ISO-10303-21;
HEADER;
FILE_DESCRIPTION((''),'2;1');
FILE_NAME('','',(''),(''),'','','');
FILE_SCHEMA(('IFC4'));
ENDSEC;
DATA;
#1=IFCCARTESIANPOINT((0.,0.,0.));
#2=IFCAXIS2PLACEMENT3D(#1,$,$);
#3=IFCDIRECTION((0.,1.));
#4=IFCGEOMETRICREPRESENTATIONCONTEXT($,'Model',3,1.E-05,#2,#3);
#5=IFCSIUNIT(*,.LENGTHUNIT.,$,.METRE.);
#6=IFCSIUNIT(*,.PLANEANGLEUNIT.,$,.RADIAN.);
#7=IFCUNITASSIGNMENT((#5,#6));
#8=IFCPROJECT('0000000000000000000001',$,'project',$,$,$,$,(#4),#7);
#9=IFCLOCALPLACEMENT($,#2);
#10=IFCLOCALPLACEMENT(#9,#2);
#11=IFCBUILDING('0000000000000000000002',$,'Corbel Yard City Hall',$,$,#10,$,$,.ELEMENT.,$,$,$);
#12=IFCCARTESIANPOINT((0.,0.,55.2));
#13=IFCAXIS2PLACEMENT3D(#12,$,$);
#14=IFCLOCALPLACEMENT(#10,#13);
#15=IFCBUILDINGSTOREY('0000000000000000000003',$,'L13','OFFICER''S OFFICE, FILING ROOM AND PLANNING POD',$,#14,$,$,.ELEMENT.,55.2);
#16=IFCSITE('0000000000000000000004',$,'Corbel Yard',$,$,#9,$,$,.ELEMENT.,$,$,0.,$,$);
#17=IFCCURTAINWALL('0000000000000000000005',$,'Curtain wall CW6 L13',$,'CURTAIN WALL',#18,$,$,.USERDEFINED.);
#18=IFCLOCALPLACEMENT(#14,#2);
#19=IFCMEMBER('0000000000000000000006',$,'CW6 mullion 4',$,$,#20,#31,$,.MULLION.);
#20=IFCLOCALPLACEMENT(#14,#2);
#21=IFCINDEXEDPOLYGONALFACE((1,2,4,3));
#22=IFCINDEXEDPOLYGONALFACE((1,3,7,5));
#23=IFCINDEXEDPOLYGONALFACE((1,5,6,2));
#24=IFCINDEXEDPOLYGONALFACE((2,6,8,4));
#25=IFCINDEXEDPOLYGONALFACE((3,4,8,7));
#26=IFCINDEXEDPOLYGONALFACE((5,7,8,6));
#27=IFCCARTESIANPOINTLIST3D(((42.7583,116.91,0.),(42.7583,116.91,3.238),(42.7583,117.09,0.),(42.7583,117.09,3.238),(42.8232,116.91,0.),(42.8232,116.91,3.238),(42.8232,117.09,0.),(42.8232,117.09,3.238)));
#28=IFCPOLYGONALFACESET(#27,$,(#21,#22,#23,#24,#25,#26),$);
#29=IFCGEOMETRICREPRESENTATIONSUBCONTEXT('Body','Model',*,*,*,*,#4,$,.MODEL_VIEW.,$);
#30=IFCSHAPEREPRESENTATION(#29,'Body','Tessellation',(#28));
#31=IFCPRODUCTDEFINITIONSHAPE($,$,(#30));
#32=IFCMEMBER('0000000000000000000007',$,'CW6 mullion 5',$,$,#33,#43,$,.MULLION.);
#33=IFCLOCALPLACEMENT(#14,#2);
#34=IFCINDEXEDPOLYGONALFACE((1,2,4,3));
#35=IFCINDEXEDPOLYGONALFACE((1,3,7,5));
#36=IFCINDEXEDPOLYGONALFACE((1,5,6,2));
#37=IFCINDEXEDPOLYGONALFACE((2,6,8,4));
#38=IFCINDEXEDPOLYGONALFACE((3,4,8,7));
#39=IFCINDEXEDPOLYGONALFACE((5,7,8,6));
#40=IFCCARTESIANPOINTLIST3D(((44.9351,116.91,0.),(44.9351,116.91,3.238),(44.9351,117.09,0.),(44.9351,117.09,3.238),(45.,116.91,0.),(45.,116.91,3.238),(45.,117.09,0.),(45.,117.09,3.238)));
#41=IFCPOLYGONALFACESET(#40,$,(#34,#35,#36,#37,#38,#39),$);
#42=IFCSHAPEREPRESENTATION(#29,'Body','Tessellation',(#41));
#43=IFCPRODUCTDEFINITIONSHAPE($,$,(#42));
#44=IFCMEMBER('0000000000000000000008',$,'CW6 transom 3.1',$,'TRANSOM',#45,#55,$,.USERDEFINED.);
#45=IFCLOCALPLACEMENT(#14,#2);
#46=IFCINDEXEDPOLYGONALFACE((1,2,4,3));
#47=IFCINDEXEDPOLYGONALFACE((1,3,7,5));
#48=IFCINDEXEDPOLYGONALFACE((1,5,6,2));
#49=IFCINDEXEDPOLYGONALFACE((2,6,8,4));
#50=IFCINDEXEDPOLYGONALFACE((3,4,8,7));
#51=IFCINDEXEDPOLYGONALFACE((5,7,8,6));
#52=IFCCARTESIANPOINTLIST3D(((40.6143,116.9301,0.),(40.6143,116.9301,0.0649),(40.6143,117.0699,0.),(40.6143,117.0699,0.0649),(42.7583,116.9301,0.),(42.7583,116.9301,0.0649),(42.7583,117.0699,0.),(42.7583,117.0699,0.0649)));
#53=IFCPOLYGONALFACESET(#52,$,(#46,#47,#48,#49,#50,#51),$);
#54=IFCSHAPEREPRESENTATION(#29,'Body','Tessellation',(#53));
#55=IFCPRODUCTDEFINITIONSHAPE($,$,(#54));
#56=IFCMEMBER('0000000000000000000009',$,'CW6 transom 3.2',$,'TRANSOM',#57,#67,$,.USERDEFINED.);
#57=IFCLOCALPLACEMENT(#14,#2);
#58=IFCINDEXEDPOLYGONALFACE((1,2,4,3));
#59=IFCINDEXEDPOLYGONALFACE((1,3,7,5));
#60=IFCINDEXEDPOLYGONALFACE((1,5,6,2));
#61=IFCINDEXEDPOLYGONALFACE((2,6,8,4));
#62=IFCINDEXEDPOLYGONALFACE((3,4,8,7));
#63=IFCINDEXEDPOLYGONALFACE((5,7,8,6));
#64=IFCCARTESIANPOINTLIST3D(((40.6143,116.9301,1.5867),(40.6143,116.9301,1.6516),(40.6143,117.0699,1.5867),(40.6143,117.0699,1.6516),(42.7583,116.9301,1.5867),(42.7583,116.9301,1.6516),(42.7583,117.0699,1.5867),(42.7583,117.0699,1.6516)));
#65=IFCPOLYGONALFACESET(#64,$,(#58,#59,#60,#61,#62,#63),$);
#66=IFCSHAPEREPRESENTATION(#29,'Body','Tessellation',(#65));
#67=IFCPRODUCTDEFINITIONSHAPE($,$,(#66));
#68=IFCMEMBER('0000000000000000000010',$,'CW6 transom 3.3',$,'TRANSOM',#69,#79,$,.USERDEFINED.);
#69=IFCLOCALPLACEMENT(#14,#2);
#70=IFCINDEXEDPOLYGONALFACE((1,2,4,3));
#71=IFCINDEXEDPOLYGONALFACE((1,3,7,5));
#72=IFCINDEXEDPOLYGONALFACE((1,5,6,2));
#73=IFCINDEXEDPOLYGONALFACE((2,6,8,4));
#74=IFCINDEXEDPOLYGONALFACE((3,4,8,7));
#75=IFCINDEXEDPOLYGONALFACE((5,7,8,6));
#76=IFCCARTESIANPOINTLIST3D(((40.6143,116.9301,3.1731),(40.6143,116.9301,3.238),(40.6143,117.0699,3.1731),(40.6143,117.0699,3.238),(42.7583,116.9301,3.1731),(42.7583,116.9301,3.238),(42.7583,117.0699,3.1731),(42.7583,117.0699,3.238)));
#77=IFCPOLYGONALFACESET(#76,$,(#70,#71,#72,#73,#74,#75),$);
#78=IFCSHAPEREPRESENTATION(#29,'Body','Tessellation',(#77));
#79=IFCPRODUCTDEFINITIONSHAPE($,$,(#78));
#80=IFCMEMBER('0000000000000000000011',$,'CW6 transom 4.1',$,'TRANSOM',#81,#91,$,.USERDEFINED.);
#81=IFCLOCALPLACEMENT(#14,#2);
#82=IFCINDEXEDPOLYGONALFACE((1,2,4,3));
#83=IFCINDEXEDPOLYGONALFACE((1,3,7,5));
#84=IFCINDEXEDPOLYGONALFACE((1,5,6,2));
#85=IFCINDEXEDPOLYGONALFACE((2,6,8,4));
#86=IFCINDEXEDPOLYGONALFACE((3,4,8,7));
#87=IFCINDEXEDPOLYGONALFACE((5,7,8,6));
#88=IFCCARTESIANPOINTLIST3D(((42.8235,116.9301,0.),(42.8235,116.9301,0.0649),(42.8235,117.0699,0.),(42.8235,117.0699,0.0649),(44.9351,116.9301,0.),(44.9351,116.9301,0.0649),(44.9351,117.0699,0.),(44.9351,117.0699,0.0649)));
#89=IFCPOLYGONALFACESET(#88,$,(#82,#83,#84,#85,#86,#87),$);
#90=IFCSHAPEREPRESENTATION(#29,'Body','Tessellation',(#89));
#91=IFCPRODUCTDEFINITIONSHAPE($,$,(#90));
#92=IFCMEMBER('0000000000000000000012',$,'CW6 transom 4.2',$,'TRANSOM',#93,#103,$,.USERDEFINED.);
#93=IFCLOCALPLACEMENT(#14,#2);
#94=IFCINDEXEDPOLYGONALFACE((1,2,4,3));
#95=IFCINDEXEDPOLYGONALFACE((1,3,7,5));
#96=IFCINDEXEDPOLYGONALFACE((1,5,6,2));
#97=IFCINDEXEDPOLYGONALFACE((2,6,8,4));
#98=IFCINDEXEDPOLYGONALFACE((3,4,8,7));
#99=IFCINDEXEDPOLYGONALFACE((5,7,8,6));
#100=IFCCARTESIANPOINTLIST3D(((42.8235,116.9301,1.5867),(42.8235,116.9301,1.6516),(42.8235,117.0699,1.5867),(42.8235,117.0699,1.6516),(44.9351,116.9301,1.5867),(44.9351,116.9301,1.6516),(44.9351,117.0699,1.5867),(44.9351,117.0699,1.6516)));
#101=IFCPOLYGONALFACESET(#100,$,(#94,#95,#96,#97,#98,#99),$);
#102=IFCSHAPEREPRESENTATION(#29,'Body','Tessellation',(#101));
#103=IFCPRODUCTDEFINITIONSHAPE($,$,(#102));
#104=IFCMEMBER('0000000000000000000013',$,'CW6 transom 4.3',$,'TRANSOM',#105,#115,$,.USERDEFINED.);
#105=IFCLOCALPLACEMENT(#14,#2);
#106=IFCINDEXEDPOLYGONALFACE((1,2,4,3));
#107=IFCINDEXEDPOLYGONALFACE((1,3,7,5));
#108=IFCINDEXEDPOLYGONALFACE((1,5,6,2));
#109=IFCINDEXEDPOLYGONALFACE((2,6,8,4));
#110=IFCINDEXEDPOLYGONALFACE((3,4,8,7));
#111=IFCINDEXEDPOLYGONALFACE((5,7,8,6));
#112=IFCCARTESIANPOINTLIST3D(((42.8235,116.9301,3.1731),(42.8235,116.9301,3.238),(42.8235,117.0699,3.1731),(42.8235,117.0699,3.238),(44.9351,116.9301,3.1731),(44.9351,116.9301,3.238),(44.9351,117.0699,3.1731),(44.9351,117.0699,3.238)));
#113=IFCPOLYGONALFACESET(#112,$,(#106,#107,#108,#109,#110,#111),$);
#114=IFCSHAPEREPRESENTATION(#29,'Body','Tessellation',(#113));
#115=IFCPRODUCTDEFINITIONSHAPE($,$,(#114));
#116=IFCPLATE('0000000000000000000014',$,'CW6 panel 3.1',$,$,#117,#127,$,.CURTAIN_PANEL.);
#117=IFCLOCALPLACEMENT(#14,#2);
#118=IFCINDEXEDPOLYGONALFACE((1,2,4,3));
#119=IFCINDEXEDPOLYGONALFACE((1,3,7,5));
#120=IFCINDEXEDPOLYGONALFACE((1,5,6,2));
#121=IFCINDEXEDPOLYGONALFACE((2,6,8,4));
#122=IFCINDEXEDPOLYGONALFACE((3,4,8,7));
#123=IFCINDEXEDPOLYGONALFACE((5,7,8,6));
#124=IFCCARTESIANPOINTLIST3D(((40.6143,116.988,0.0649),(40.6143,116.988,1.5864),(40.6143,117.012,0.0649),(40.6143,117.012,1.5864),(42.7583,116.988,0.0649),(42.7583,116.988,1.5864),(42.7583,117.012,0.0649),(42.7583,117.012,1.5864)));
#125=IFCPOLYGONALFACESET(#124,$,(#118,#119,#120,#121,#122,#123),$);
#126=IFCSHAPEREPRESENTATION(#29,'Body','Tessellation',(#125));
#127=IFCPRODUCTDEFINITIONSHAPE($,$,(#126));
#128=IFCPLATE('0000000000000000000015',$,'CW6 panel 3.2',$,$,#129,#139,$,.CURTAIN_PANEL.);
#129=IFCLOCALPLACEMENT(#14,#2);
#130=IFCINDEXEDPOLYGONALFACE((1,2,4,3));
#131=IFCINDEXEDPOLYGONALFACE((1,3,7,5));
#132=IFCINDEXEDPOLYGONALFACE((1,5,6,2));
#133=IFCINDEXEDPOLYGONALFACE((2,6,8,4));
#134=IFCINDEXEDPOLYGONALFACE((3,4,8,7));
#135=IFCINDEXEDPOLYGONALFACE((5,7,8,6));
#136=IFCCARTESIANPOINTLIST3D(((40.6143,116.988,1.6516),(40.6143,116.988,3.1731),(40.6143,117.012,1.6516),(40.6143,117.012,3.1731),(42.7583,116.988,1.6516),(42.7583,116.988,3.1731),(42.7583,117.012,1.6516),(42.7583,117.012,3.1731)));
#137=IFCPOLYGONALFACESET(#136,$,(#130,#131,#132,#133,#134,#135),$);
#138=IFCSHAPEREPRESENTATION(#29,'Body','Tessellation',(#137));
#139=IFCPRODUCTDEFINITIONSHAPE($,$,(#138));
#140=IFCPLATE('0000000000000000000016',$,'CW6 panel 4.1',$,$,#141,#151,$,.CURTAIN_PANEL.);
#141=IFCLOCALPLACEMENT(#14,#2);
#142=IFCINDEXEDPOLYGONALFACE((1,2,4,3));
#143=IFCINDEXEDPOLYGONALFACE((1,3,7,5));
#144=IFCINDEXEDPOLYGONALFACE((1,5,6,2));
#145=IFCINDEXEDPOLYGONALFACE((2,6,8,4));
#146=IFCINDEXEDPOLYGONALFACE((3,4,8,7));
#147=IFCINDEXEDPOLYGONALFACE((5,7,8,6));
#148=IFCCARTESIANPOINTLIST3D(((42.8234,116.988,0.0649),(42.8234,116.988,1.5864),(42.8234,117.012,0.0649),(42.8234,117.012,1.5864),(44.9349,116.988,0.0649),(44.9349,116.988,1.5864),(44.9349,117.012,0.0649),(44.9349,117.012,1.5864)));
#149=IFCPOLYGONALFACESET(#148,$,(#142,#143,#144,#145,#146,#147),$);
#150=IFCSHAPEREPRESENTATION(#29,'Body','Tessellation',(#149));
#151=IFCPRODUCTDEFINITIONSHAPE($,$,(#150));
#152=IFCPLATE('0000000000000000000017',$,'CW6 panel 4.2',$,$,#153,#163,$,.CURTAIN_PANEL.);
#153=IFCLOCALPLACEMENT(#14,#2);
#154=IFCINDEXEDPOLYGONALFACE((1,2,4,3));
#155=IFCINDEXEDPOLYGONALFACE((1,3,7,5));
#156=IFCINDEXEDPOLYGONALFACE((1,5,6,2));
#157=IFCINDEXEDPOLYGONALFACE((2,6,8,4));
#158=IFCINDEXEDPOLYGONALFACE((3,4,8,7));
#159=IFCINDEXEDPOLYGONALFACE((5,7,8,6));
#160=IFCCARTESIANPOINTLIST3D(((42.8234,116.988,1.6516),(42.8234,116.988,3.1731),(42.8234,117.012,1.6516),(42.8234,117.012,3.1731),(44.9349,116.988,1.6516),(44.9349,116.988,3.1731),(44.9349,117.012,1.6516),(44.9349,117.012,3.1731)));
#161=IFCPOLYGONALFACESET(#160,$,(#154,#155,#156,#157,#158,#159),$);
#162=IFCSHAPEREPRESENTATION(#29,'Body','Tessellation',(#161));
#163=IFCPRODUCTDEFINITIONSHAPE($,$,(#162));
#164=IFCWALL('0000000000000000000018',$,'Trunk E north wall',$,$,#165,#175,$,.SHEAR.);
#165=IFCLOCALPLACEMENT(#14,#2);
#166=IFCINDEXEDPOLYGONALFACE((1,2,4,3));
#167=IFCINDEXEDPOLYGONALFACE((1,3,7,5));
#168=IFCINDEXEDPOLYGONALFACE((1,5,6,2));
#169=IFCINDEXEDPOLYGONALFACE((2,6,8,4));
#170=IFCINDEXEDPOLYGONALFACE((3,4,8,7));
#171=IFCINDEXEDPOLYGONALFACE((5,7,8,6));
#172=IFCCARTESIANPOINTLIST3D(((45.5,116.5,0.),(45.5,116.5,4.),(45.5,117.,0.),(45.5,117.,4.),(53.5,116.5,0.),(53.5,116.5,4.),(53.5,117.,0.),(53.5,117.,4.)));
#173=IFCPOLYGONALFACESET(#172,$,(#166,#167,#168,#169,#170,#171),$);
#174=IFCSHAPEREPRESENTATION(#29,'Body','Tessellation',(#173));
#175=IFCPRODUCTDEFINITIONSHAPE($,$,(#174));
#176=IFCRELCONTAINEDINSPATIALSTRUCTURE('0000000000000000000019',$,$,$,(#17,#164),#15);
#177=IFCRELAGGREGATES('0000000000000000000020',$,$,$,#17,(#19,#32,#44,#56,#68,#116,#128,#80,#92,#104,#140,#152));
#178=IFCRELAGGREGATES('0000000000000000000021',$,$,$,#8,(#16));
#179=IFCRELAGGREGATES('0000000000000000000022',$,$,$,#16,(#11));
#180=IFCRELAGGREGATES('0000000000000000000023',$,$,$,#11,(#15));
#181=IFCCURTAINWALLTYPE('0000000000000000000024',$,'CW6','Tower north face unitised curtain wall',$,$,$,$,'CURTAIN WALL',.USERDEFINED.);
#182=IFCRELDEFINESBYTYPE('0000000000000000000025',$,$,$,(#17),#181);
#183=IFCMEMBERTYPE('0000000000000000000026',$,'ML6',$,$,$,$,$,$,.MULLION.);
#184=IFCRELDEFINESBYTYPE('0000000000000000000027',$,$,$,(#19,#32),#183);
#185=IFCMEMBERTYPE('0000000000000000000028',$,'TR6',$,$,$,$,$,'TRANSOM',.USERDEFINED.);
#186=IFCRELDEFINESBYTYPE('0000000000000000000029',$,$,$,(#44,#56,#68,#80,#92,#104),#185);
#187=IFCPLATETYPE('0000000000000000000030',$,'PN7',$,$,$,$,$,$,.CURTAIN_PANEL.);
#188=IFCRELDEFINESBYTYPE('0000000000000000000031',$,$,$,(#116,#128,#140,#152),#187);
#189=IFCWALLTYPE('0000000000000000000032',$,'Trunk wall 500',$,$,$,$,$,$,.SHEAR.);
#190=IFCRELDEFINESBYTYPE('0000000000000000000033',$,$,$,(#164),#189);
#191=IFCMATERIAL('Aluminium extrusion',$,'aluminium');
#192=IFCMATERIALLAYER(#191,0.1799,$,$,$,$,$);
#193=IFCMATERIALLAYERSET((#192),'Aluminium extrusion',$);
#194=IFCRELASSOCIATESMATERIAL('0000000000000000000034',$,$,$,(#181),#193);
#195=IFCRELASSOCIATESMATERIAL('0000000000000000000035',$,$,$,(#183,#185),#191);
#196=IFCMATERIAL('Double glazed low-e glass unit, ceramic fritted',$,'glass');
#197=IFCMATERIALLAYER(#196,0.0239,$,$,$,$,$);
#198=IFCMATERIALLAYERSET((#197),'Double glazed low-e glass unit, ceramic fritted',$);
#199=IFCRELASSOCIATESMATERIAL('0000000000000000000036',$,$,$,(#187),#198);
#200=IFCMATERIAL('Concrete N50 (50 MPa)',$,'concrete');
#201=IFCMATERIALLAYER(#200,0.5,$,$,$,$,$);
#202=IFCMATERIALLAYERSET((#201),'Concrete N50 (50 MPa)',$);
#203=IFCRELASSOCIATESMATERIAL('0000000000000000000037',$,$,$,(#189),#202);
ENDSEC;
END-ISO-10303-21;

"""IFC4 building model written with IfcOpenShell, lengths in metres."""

from ifc_helpers import new_model, si_unit, direction, frame, frame_2d, origin, origin_2d, place, context, subcontext, project, spatial, rectangle, extrude, material, layer, layer_set, material_profile, profile_set, type_object, element, aggregate, save


model = new_model("IFC4")

# Units and contexts
model_context = context("Model", 3, precision=1e-05, world=origin(), true_north=direction((0.0, 1.0)))
body_context = subcontext(model_context, "Body", "Model", "MODEL_VIEW")
ifc_project = project(units=[si_unit("LENGTHUNIT", "METRE"), si_unit("PLANEANGLEUNIT", "RADIAN")], contexts=[model_context])

# Site, building, storey
site_placement = place(None, origin())
site = spatial("IfcSite", under=ifc_project, at=site_placement, Name="Corbel Yard", CompositionType="ELEMENT", RefElevation=0.0)
building_placement = place(site_placement, origin())
building = spatial("IfcBuilding", under=site, at=building_placement, Name="Corbel Yard City Hall", CompositionType="ELEMENT")
storey_placement = place(building_placement, frame((0.0, 0.0, 55.2)))
storey = spatial("IfcBuildingStorey", under=building, at=storey_placement, Name="L13", Description="OFFICER'S OFFICE, FILING ROOM AND PLANNING POD", CompositionType="ELEMENT", Elevation=55.2)

# Curtain wall, members, plates
ifc_material_1 = material(Name="Aluminium extrusion", Category="aluminium")
ifc_layer_1 = layer(ifc_material_1, 0.1799)
ifc_layer_set_1 = layer_set([ifc_layer_1], Name="Aluminium extrusion")
curtain_wall_type = type_object("IfcCurtainWallType", Name="CW6", Description="Tower north face unitised curtain wall", ElementType="CURTAIN WALL", PredefinedType="USERDEFINED", material=ifc_layer_set_1)
curtain_wall_placement = place(storey_placement, origin())
curtain_wall = element("IfcCurtainWall", 1, at=curtain_wall_placement, inside=storey, type_object=curtain_wall_type, Name="Curtain wall CW6 L13", ObjectType="CURTAIN WALL", PredefinedType="USERDEFINED")
ifc_material_profile_1 = material_profile(ifc_material_1, rectangle(XDim=0.1799, YDim=0.0649, at=origin_2d()), Name="180x65")
ifc_profile_set_1 = profile_set([ifc_material_profile_1], Name="Aluminium extrusion")
member_type_1 = type_object("IfcMemberType", Name="ML6", PredefinedType="MULLION", material=ifc_profile_set_1)
member_1_placement = place(storey_placement, frame((42.7908, 117.0, 0.0), z_axis=(0.0, 0.0, 1.0), x_axis=(0.0, 1.0, 0.0)))
member_1 = element("IfcMember", 2, at=member_1_placement, type_object=member_type_1, Name="CW6 mullion 4", PredefinedType="MULLION", context=body_context, shape_type="SweptSolid", body=[
    extrude(rectangle(XDim=0.1799, YDim=0.0649, at=origin_2d()), origin(), (0.0, 0.0, 1.0), 3.238),
])
member_2_placement = place(storey_placement, frame((44.9675, 117.0, 0.0), z_axis=(0.0, 0.0, 1.0), x_axis=(0.0, 1.0, 0.0)))
member_2 = element("IfcMember", 3, at=member_2_placement, type_object=member_type_1, Name="CW6 mullion 5", PredefinedType="MULLION", context=body_context, shape_type="SweptSolid", body=[
    extrude(rectangle(XDim=0.1799, YDim=0.0649, at=origin_2d()), origin(), (0.0, 0.0, 1.0), 3.238),
])
ifc_material_profile_2 = material_profile(ifc_material_1, rectangle(XDim=0.1399, YDim=0.0649, at=origin_2d()), Name="140x65")
ifc_profile_set_2 = profile_set([ifc_material_profile_2], Name="Aluminium extrusion")
member_type_2 = type_object("IfcMemberType", Name="TR6", ElementType="TRANSOM", PredefinedType="USERDEFINED", material=ifc_profile_set_2)
member_3_placement = place(storey_placement, frame((40.6143, 117.0, 0.0325), z_axis=(1.0, 0.0, 0.0), x_axis=(0.0, 1.0, 0.0)))
member_3 = element("IfcMember", 4, at=member_3_placement, type_object=member_type_2, Name="CW6 transom 3.1", ObjectType="TRANSOM", PredefinedType="USERDEFINED", context=body_context, shape_type="SweptSolid", body=[
    extrude(rectangle(XDim=0.1399, YDim=0.0649, at=origin_2d()), origin(), (0.0, 0.0, 1.0), 2.144),
])
member_4_placement = place(storey_placement, frame((40.6143, 117.0, 1.6191), z_axis=(1.0, 0.0, 0.0), x_axis=(0.0, 1.0, 0.0)))
member_4 = element("IfcMember", 5, at=member_4_placement, type_object=member_type_2, Name="CW6 transom 3.2", ObjectType="TRANSOM", PredefinedType="USERDEFINED", context=body_context, shape_type="SweptSolid", body=[
    extrude(rectangle(XDim=0.1399, YDim=0.0649, at=origin_2d()), origin(), (0.0, 0.0, 1.0), 2.144),
])
member_5_placement = place(storey_placement, frame((40.6143, 117.0, 3.2056), z_axis=(1.0, 0.0, 0.0), x_axis=(0.0, 1.0, 0.0)))
member_5 = element("IfcMember", 6, at=member_5_placement, type_object=member_type_2, Name="CW6 transom 3.3", ObjectType="TRANSOM", PredefinedType="USERDEFINED", context=body_context, shape_type="SweptSolid", body=[
    extrude(rectangle(XDim=0.1399, YDim=0.0649, at=origin_2d()), origin(), (0.0, 0.0, 1.0), 2.144),
])
member_6_placement = place(storey_placement, frame((42.8235, 117.0, 0.0325), z_axis=(1.0, 0.0, 0.0), x_axis=(0.0, 1.0, 0.0)))
member_6 = element("IfcMember", 7, at=member_6_placement, type_object=member_type_2, Name="CW6 transom 4.1", ObjectType="TRANSOM", PredefinedType="USERDEFINED", context=body_context, shape_type="SweptSolid", body=[
    extrude(rectangle(XDim=0.1399, YDim=0.0649, at=origin_2d()), origin(), (0.0, 0.0, 1.0), 2.1116),
])
member_7_placement = place(storey_placement, frame((42.8235, 117.0, 1.6191), z_axis=(1.0, 0.0, 0.0), x_axis=(0.0, 1.0, 0.0)))
member_7 = element("IfcMember", 8, at=member_7_placement, type_object=member_type_2, Name="CW6 transom 4.2", ObjectType="TRANSOM", PredefinedType="USERDEFINED", context=body_context, shape_type="SweptSolid", body=[
    extrude(rectangle(XDim=0.1399, YDim=0.0649, at=origin_2d()), origin(), (0.0, 0.0, 1.0), 2.1116),
])
member_8_placement = place(storey_placement, frame((42.8235, 117.0, 3.2056), z_axis=(1.0, 0.0, 0.0), x_axis=(0.0, 1.0, 0.0)))
member_8 = element("IfcMember", 9, at=member_8_placement, type_object=member_type_2, Name="CW6 transom 4.3", ObjectType="TRANSOM", PredefinedType="USERDEFINED", context=body_context, shape_type="SweptSolid", body=[
    extrude(rectangle(XDim=0.1399, YDim=0.0649, at=origin_2d()), origin(), (0.0, 0.0, 1.0), 2.1116),
])
ifc_material_2 = material(Name="Double glazed low-e glass unit, ceramic fritted", Category="glass")
ifc_layer_2 = layer(ifc_material_2, 0.0239)
ifc_layer_set_2 = layer_set([ifc_layer_2], Name="Double glazed low-e glass unit, ceramic fritted")
plate_type = type_object("IfcPlateType", Name="PN7", PredefinedType="CURTAIN_PANEL", material=ifc_layer_set_2)
plate_1_placement = place(storey_placement, frame((41.6863, 117.0, 0.0649), z_axis=(0.0, 0.0, 1.0), x_axis=(1.0, 0.0, 0.0)))
plate_1 = element("IfcPlate", 10, at=plate_1_placement, type_object=plate_type, Name="CW6 panel 3.1", PredefinedType="CURTAIN_PANEL", context=body_context, shape_type="SweptSolid", body=[
    extrude(rectangle(XDim=2.144, YDim=0.0239, at=origin_2d()), origin(), (0.0, 0.0, 1.0), 1.5215),
])
plate_2_placement = place(storey_placement, frame((41.6863, 117.0, 1.6516), z_axis=(0.0, 0.0, 1.0), x_axis=(1.0, 0.0, 0.0)))
plate_2 = element("IfcPlate", 11, at=plate_2_placement, type_object=plate_type, Name="CW6 panel 3.2", PredefinedType="CURTAIN_PANEL", context=body_context, shape_type="SweptSolid", body=[
    extrude(rectangle(XDim=2.144, YDim=0.0239, at=origin_2d()), origin(), (0.0, 0.0, 1.0), 1.5215),
])
plate_3_placement = place(storey_placement, frame((43.8792, 117.0, 0.0649), z_axis=(0.0, 0.0, 1.0), x_axis=(1.0, 0.0, 0.0)))
plate_3 = element("IfcPlate", 12, at=plate_3_placement, type_object=plate_type, Name="CW6 panel 4.1", PredefinedType="CURTAIN_PANEL", context=body_context, shape_type="SweptSolid", body=[
    extrude(rectangle(XDim=2.1116, YDim=0.0239, at=origin_2d()), origin(), (0.0, 0.0, 1.0), 1.5215),
])
plate_4_placement = place(storey_placement, frame((43.8792, 117.0, 1.6516), z_axis=(0.0, 0.0, 1.0), x_axis=(1.0, 0.0, 0.0)))
plate_4 = element("IfcPlate", 13, at=plate_4_placement, type_object=plate_type, Name="CW6 panel 4.2", PredefinedType="CURTAIN_PANEL", context=body_context, shape_type="SweptSolid", body=[
    extrude(rectangle(XDim=2.1116, YDim=0.0239, at=origin_2d()), origin(), (0.0, 0.0, 1.0), 1.5215),
])
aggregate(curtain_wall, [member_1, member_2, member_3, member_4, member_5, plate_1, plate_2, member_6, member_7, member_8, plate_3, plate_4])

# Wall
ifc_material_3 = material(Name="Concrete N50 (50 MPa)", Category="concrete")
ifc_layer_3 = layer(ifc_material_3, 0.5)
ifc_layer_set_3 = layer_set([ifc_layer_3], Name="Concrete N50 (50 MPa)")
wall_type = type_object("IfcWallType", Name="Trunk wall 500", PredefinedType="SHEAR", material=ifc_layer_set_3)
wall_placement = place(storey_placement, frame((45.5, 116.75, 0.0), z_axis=(0.0, 0.0, 1.0), x_axis=(1.0, 0.0, 0.0)))
element("IfcWall", 14, at=wall_placement, inside=storey, type_object=wall_type, Name="Trunk E north wall", PredefinedType="SHEAR", context=body_context, shape_type="SweptSolid", body=[
    extrude(rectangle(XDim=8.0, YDim=0.5, at=frame_2d((4.0, 0.0))), origin(), (0.0, 0.0, 1.0), 4.0),
])

save(model, "model.ifc")
